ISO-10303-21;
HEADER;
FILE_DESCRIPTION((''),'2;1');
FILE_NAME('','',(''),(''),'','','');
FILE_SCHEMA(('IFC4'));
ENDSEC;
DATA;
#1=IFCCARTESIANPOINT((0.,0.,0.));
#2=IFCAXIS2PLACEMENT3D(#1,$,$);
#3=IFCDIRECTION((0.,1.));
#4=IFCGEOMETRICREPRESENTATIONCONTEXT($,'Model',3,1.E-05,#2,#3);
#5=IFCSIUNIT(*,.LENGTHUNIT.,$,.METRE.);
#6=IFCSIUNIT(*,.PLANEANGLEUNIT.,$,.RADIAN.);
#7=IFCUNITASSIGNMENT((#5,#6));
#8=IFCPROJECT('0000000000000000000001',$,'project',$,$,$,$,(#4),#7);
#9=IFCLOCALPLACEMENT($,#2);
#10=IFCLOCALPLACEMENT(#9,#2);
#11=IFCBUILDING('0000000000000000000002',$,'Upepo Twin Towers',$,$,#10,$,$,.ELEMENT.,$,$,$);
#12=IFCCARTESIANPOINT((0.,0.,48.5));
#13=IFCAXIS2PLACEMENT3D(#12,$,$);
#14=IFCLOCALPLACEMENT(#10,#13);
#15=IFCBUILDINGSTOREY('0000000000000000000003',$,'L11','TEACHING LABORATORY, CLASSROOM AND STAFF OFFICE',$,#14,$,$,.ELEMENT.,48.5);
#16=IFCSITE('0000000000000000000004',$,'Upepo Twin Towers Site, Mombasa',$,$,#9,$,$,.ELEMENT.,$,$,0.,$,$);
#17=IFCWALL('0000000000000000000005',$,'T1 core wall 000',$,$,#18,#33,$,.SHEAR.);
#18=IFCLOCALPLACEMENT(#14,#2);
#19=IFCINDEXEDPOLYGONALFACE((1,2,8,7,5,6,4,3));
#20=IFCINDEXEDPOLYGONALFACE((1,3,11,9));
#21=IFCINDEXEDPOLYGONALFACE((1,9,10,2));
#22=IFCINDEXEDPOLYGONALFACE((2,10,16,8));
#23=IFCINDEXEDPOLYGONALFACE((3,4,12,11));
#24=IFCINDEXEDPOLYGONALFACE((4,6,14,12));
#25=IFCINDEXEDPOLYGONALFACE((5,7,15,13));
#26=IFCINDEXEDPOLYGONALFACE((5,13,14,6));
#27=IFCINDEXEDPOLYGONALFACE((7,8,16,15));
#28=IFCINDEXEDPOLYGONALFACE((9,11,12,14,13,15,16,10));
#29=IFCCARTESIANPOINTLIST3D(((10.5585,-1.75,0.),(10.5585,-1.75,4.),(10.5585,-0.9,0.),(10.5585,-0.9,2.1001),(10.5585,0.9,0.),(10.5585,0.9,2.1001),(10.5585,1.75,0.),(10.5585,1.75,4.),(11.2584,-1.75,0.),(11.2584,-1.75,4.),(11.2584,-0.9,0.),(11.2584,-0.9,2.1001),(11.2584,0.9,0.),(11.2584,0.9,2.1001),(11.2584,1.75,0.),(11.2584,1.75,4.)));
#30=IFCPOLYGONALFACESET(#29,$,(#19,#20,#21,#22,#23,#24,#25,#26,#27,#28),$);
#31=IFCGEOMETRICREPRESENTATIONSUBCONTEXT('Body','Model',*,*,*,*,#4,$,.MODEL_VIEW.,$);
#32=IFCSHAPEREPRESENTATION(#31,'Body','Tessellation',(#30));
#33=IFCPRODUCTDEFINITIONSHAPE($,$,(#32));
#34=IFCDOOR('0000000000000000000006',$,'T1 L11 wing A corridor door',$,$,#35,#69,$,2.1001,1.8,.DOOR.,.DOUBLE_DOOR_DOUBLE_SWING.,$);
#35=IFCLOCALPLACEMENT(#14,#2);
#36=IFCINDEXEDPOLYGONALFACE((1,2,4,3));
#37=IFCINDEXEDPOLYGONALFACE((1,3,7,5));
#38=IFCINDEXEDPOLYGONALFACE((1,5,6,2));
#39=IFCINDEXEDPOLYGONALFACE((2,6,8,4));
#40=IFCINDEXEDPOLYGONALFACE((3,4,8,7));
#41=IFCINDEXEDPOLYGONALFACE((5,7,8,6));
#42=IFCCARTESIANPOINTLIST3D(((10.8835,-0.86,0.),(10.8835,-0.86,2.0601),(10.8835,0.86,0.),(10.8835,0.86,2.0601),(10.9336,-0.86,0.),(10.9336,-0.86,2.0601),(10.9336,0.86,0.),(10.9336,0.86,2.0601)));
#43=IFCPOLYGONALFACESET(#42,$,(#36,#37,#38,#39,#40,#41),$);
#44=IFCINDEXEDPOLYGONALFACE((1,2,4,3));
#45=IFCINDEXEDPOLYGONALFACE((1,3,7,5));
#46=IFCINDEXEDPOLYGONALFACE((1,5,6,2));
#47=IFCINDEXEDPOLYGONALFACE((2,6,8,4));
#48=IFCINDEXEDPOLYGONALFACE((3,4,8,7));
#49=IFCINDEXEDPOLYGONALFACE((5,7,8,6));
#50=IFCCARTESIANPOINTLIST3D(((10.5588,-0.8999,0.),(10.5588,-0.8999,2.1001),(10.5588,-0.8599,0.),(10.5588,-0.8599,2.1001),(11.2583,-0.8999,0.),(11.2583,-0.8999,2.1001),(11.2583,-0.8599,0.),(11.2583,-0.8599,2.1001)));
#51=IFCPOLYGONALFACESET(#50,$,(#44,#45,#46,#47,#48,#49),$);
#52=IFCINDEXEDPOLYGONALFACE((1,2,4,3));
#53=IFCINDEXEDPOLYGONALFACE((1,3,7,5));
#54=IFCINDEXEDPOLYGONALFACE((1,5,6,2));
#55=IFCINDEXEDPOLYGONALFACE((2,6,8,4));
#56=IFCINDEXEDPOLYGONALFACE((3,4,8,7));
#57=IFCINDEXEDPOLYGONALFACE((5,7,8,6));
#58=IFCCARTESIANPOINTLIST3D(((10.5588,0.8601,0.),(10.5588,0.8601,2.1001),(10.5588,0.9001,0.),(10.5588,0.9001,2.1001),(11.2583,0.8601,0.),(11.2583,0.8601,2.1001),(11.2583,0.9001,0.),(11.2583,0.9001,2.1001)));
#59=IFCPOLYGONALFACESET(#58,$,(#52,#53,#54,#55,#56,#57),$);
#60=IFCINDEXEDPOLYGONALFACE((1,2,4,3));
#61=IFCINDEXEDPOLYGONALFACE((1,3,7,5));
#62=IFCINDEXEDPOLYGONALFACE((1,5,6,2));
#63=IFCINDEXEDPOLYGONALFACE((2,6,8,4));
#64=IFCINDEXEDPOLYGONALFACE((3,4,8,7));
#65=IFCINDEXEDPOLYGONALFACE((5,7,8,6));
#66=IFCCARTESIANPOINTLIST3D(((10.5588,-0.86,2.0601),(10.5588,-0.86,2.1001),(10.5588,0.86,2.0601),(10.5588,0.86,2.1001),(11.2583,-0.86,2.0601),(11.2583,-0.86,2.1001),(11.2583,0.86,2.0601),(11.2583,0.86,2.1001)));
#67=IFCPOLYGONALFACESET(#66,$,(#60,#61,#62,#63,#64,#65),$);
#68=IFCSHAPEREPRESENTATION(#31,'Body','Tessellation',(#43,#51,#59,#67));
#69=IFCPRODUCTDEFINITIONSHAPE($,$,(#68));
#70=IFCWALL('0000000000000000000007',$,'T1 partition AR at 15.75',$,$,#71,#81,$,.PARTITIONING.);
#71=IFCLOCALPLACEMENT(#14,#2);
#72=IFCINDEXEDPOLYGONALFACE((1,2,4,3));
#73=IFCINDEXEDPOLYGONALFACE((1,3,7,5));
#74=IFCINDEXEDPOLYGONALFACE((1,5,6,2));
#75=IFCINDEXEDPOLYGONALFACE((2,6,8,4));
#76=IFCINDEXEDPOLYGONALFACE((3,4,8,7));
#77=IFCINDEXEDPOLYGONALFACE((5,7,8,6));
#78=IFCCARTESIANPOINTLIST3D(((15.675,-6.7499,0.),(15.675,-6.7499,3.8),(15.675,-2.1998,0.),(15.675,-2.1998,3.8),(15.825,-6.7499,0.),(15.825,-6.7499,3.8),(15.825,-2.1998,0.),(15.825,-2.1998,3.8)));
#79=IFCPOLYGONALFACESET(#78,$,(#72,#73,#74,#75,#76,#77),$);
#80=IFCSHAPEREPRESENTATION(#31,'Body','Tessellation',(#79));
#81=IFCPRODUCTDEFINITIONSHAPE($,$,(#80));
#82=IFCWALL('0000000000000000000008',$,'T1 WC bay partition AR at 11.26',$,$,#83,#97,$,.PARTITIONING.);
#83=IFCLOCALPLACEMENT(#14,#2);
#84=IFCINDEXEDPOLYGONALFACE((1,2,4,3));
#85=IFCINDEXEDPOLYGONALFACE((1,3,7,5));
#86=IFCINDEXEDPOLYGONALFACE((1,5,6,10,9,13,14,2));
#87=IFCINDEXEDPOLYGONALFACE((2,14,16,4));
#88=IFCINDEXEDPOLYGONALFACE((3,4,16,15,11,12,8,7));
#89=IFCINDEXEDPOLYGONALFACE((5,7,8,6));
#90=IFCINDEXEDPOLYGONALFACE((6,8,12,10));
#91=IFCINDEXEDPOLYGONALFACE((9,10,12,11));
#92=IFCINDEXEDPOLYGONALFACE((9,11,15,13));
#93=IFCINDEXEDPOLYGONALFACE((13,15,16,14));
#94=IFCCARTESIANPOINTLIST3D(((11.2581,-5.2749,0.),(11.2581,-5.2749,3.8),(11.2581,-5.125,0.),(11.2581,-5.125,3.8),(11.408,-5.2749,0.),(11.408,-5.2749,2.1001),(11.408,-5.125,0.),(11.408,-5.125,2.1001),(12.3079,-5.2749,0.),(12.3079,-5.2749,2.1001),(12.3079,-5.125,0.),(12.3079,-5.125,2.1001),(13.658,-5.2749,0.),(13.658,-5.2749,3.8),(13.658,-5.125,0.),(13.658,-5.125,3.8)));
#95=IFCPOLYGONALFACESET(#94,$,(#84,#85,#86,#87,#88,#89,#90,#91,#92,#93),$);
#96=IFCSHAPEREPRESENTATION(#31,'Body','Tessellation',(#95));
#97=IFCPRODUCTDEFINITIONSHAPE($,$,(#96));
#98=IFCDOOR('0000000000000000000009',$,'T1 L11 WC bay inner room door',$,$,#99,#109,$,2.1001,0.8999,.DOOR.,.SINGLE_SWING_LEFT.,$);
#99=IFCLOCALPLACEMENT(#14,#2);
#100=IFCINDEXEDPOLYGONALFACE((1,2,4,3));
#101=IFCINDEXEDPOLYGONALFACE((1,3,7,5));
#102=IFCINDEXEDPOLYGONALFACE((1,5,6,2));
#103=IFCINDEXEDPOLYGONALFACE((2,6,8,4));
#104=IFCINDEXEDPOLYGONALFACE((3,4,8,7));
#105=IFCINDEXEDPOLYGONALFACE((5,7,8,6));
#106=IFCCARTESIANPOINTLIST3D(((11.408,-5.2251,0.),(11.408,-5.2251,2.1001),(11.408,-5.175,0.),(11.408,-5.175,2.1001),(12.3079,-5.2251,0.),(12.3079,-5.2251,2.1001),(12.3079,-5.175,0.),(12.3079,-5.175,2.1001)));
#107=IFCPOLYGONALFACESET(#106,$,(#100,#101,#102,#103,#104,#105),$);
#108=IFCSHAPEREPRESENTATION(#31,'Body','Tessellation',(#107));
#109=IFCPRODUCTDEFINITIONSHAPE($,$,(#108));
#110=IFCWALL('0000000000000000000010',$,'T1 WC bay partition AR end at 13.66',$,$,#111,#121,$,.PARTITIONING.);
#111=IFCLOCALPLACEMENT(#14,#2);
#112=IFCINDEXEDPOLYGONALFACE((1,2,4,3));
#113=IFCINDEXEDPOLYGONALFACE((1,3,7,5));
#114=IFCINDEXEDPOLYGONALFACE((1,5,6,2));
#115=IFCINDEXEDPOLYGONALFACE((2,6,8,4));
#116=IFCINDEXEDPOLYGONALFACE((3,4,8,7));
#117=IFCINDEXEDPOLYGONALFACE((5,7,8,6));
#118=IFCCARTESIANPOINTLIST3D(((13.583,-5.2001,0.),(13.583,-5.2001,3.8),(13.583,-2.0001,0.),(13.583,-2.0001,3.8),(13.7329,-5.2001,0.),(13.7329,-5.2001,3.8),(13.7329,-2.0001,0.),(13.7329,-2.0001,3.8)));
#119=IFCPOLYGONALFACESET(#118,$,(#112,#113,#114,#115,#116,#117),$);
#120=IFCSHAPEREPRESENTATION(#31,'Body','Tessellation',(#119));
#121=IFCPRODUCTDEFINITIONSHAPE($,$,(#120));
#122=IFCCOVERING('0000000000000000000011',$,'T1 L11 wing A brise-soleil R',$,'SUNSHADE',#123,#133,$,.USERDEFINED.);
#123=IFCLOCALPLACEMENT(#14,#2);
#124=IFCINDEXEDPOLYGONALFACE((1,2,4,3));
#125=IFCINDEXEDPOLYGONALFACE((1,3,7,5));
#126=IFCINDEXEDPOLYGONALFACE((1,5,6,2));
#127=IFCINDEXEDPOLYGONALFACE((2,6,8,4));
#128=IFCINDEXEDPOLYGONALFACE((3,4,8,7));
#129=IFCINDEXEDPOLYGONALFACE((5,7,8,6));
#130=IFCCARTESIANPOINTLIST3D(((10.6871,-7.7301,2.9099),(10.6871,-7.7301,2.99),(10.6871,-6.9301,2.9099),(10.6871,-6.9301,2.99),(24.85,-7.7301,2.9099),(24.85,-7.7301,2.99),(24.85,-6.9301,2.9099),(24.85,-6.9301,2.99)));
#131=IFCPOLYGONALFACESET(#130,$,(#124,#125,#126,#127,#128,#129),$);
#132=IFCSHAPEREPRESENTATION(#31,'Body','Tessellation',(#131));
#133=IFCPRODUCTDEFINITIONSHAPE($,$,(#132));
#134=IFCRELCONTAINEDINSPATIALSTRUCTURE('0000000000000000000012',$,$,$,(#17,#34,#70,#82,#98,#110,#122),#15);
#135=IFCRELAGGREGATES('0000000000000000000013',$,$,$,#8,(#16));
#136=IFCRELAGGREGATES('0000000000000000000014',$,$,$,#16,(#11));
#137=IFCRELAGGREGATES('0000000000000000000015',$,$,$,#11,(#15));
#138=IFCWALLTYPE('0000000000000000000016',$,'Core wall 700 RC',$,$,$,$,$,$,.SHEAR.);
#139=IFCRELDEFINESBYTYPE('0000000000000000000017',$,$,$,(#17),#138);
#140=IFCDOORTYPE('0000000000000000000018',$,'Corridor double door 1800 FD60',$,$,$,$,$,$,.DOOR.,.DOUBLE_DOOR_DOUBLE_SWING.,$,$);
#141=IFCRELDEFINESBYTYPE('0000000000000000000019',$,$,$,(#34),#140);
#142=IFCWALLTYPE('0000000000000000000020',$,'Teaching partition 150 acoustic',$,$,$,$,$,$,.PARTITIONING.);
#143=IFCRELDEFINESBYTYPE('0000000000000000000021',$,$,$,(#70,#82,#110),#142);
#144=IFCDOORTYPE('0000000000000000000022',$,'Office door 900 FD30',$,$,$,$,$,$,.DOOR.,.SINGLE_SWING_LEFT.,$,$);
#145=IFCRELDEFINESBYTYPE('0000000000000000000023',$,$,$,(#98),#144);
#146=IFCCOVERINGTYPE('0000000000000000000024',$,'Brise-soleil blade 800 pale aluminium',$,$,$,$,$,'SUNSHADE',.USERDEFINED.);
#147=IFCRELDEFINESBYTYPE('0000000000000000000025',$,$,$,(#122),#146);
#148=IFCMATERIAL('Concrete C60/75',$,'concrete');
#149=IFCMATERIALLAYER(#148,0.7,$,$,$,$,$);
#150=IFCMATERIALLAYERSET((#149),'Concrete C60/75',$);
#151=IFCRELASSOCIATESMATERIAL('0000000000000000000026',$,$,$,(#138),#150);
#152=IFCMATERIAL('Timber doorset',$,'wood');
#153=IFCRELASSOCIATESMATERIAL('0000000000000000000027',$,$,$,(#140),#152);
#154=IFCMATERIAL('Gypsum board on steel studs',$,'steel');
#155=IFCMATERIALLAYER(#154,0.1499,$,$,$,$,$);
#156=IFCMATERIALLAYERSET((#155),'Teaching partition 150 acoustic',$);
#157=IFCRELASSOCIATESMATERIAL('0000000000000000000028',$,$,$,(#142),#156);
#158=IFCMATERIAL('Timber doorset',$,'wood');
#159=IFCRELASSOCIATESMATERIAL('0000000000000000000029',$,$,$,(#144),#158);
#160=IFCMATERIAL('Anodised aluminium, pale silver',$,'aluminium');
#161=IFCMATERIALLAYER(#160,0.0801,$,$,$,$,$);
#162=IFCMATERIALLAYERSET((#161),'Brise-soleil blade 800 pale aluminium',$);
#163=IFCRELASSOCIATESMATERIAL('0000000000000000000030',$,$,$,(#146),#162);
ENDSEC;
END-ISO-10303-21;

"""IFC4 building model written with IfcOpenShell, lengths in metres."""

from ifc_helpers import new_model, si_unit, direction, frame, frame_2d, origin, origin_2d, place, context, subcontext, project, spatial, rectangle, extrude, material, layer, layer_set, type_object, element, fill, save


model = new_model("IFC4")

# Units and contexts
model_context = context("Model", 3, precision=1e-05, world=origin(), true_north=direction((0.0, 1.0)))
body_context = subcontext(model_context, "Body", "Model", "MODEL_VIEW")
ifc_project = project(units=[si_unit("LENGTHUNIT", "METRE"), si_unit("PLANEANGLEUNIT", "RADIAN")], contexts=[model_context])

# Site, building, storey
site_placement = place(None, origin())
site = spatial("IfcSite", under=ifc_project, at=site_placement, Name="Upepo Twin Towers Site, Mombasa", CompositionType="ELEMENT", RefElevation=0.0)
building_placement = place(site_placement, origin())
building = spatial("IfcBuilding", under=site, at=building_placement, Name="Upepo Twin Towers", CompositionType="ELEMENT")
storey_placement = place(building_placement, frame((0.0, 0.0, 48.5)))
storey = spatial("IfcBuildingStorey", under=building, at=storey_placement, Name="L11", Description="TEACHING LABORATORY, CLASSROOM AND STAFF OFFICE", CompositionType="ELEMENT", Elevation=48.5)

# Wall, opening, door
ifc_material_1 = material(Name="Concrete C60/75", Category="concrete")
ifc_layer_1 = layer(ifc_material_1, 0.7)
ifc_layer_set_1 = layer_set([ifc_layer_1], Name="Concrete C60/75")
wall_type_1 = type_object("IfcWallType", Name="Core wall 700 RC", PredefinedType="SHEAR", material=ifc_layer_set_1)
wall_1_placement = place(storey_placement, frame((10.9084, -1.75, 0.0), z_axis=(0.0, 0.0, 1.0), x_axis=(0.0, 1.0, 0.0)))
wall_1 = element("IfcWall", 1, at=wall_1_placement, inside=storey, type_object=wall_type_1, Name="T1 core wall 000", PredefinedType="SHEAR", context=body_context, shape_type="SweptSolid", body=[
    extrude(rectangle(XDim=3.5, YDim=0.7, at=frame_2d((1.75, 0.0))), origin(), (0.0, 0.0, 1.0), 4.0),
])
opening_1_placement = place(wall_1_placement, frame((0.8501, 0.0, 0.0)))
opening_1 = element("IfcOpeningElement", 2, at=opening_1_placement, cuts=wall_1, PredefinedType="OPENING", context=body_context, shape_type="SweptSolid", body=[
    extrude(rectangle(XDim=1.8, YDim=2.1001, at=frame_2d((0.8999, 1.05))), frame((0.0, 0.3599, 0.0), z_axis=(0.0, -1.0, 0.0), x_axis=(1.0, 0.0, 0.0)), (0.0, 0.0, 1.0), 0.72),
])
ifc_material_2 = material(Name="Timber doorset", Category="wood")
door_type_1 = type_object("IfcDoorType", Name="Corridor double door 1800 FD60", OperationType="DOUBLE_DOOR_DOUBLE_SWING", PredefinedType="DOOR", material=ifc_material_2)
door_1_placement = place(opening_1_placement, origin())
door_1 = element("IfcDoor", 3, at=door_1_placement, inside=storey, type_object=door_type_1, Name="T1 L11 wing A corridor door", OperationType="DOUBLE_DOOR_DOUBLE_SWING", OverallHeight=2.1001, OverallWidth=1.8, PredefinedType="DOOR", context=body_context, shape_type="SweptSolid", body=[
    extrude(rectangle(XDim=1.72, YDim=2.0601, at=frame_2d((0.8999, 1.03))), frame((0.0, 0.0249, 0.0), z_axis=(0.0, -1.0, 0.0), x_axis=(1.0, 0.0, 0.0)), (0.0, 0.0, 1.0), 0.05),
    extrude(rectangle(XDim=0.04, YDim=2.1001, at=frame_2d((0.02, 1.05))), frame((0.0, 0.3496, 0.0), z_axis=(0.0, -1.0, 0.0), x_axis=(1.0, 0.0, 0.0)), (0.0, 0.0, 1.0), 0.6995),
    extrude(rectangle(XDim=0.04, YDim=2.1001, at=frame_2d((1.78, 1.05))), frame((0.0, 0.3496, 0.0), z_axis=(0.0, -1.0, 0.0), x_axis=(1.0, 0.0, 0.0)), (0.0, 0.0, 1.0), 0.6995),
    extrude(rectangle(XDim=1.72, YDim=0.04, at=frame_2d((0.8999, 2.0801))), frame((0.0, 0.3496, 0.0), z_axis=(0.0, -1.0, 0.0), x_axis=(1.0, 0.0, 0.0)), (0.0, 0.0, 1.0), 0.6995),
])
fill(opening_1, door_1)

# Wall
ifc_material_3 = material(Name="Gypsum board on steel studs", Category="steel")
ifc_layer_2 = layer(ifc_material_3, 0.1499)
ifc_layer_set_2 = layer_set([ifc_layer_2], Name="Teaching partition 150 acoustic")
wall_type_2 = type_object("IfcWallType", Name="Teaching partition 150 acoustic", PredefinedType="PARTITIONING", material=ifc_layer_set_2)
wall_2_placement = place(storey_placement, frame((15.75, -2.2, 0.0), z_axis=(0.0, 0.0, 1.0), x_axis=(0.0, -1.0, 0.0)))
element("IfcWall", 4, at=wall_2_placement, inside=storey, type_object=wall_type_2, Name="T1 partition AR at 15.75", PredefinedType="PARTITIONING", context=body_context, shape_type="SweptSolid", body=[
    extrude(rectangle(XDim=4.55, YDim=0.1499, at=frame_2d((2.2749, 0.0))), origin(), (0.0, 0.0, 1.0), 3.8),
])

# Wall, opening, door
wall_3_placement = place(storey_placement, frame((11.2581, -5.2, 0.0), z_axis=(0.0, 0.0, 1.0), x_axis=(1.0, 0.0, 0.0)))
wall_3 = element("IfcWall", 5, at=wall_3_placement, inside=storey, type_object=wall_type_2, Name="T1 WC bay partition AR at 11.26", PredefinedType="PARTITIONING", context=body_context, shape_type="SweptSolid", body=[
    extrude(rectangle(XDim=2.3999, YDim=0.1499, at=frame_2d((1.2, 0.0))), origin(), (0.0, 0.0, 1.0), 3.8),
])
opening_2_placement = place(wall_3_placement, frame((0.1499, 0.0, 0.0)))
opening_2 = element("IfcOpeningElement", 6, at=opening_2_placement, cuts=wall_3, PredefinedType="OPENING", context=body_context, shape_type="SweptSolid", body=[
    extrude(rectangle(XDim=0.8999, YDim=2.1001, at=frame_2d((0.45, 1.05))), frame((0.0, 0.085, 0.0), z_axis=(0.0, -1.0, 0.0), x_axis=(1.0, 0.0, 0.0)), (0.0, 0.0, 1.0), 0.1699),
])
ifc_material_4 = material(Name="Timber doorset", Category="wood")
door_type_2 = type_object("IfcDoorType", Name="Office door 900 FD30", OperationType="SINGLE_SWING_LEFT", PredefinedType="DOOR", material=ifc_material_4)
door_2_placement = place(opening_2_placement, origin())
door_2 = element("IfcDoor", 7, at=door_2_placement, inside=storey, type_object=door_type_2, Name="T1 L11 WC bay inner room door", OperationType="SINGLE_SWING_LEFT", OverallHeight=2.1001, OverallWidth=0.8999, PredefinedType="DOOR", context=body_context, shape_type="SweptSolid", body=[
    extrude(rectangle(XDim=0.8999, YDim=2.1001, at=frame_2d((0.45, 1.05))), frame((0.0, 0.0249, 0.0), z_axis=(0.0, -1.0, 0.0), x_axis=(1.0, 0.0, 0.0)), (0.0, 0.0, 1.0), 0.05),
])
fill(opening_2, door_2)

# Wall
wall_4_placement = place(storey_placement, frame((13.658, -2.0, 0.0), z_axis=(0.0, 0.0, 1.0), x_axis=(0.0, -1.0, 0.0)))
element("IfcWall", 8, at=wall_4_placement, inside=storey, type_object=wall_type_2, Name="T1 WC bay partition AR end at 13.66", PredefinedType="PARTITIONING", context=body_context, shape_type="SweptSolid", body=[
    extrude(rectangle(XDim=3.2, YDim=0.1499, at=frame_2d((1.6001, 0.0))), origin(), (0.0, 0.0, 1.0), 3.8),
])

# Covering
ifc_material_5 = material(Name="Anodised aluminium, pale silver", Category="aluminium")
ifc_layer_3 = layer(ifc_material_5, 0.0801)
ifc_layer_set_3 = layer_set([ifc_layer_3], Name="Brise-soleil blade 800 pale aluminium")
covering_type = type_object("IfcCoveringType", Name="Brise-soleil blade 800 pale aluminium", ElementType="SUNSHADE", PredefinedType="USERDEFINED", material=ifc_layer_set_3)
covering_placement = place(storey_placement, frame((17.7686, -7.3301, 2.9099), z_axis=(0.0, 0.0, 1.0), x_axis=(1.0, 0.0, 0.0)))
element("IfcCovering", 9, at=covering_placement, inside=storey, type_object=covering_type, Name="T1 L11 wing A brise-soleil R", ObjectType="SUNSHADE", PredefinedType="USERDEFINED", context=body_context, shape_type="SweptSolid", body=[
    extrude(rectangle(XDim=14.1628, YDim=0.8, at=origin_2d()), origin(), (0.0, 0.0, 1.0), 0.0801),
])

save(model, "model.ifc")
